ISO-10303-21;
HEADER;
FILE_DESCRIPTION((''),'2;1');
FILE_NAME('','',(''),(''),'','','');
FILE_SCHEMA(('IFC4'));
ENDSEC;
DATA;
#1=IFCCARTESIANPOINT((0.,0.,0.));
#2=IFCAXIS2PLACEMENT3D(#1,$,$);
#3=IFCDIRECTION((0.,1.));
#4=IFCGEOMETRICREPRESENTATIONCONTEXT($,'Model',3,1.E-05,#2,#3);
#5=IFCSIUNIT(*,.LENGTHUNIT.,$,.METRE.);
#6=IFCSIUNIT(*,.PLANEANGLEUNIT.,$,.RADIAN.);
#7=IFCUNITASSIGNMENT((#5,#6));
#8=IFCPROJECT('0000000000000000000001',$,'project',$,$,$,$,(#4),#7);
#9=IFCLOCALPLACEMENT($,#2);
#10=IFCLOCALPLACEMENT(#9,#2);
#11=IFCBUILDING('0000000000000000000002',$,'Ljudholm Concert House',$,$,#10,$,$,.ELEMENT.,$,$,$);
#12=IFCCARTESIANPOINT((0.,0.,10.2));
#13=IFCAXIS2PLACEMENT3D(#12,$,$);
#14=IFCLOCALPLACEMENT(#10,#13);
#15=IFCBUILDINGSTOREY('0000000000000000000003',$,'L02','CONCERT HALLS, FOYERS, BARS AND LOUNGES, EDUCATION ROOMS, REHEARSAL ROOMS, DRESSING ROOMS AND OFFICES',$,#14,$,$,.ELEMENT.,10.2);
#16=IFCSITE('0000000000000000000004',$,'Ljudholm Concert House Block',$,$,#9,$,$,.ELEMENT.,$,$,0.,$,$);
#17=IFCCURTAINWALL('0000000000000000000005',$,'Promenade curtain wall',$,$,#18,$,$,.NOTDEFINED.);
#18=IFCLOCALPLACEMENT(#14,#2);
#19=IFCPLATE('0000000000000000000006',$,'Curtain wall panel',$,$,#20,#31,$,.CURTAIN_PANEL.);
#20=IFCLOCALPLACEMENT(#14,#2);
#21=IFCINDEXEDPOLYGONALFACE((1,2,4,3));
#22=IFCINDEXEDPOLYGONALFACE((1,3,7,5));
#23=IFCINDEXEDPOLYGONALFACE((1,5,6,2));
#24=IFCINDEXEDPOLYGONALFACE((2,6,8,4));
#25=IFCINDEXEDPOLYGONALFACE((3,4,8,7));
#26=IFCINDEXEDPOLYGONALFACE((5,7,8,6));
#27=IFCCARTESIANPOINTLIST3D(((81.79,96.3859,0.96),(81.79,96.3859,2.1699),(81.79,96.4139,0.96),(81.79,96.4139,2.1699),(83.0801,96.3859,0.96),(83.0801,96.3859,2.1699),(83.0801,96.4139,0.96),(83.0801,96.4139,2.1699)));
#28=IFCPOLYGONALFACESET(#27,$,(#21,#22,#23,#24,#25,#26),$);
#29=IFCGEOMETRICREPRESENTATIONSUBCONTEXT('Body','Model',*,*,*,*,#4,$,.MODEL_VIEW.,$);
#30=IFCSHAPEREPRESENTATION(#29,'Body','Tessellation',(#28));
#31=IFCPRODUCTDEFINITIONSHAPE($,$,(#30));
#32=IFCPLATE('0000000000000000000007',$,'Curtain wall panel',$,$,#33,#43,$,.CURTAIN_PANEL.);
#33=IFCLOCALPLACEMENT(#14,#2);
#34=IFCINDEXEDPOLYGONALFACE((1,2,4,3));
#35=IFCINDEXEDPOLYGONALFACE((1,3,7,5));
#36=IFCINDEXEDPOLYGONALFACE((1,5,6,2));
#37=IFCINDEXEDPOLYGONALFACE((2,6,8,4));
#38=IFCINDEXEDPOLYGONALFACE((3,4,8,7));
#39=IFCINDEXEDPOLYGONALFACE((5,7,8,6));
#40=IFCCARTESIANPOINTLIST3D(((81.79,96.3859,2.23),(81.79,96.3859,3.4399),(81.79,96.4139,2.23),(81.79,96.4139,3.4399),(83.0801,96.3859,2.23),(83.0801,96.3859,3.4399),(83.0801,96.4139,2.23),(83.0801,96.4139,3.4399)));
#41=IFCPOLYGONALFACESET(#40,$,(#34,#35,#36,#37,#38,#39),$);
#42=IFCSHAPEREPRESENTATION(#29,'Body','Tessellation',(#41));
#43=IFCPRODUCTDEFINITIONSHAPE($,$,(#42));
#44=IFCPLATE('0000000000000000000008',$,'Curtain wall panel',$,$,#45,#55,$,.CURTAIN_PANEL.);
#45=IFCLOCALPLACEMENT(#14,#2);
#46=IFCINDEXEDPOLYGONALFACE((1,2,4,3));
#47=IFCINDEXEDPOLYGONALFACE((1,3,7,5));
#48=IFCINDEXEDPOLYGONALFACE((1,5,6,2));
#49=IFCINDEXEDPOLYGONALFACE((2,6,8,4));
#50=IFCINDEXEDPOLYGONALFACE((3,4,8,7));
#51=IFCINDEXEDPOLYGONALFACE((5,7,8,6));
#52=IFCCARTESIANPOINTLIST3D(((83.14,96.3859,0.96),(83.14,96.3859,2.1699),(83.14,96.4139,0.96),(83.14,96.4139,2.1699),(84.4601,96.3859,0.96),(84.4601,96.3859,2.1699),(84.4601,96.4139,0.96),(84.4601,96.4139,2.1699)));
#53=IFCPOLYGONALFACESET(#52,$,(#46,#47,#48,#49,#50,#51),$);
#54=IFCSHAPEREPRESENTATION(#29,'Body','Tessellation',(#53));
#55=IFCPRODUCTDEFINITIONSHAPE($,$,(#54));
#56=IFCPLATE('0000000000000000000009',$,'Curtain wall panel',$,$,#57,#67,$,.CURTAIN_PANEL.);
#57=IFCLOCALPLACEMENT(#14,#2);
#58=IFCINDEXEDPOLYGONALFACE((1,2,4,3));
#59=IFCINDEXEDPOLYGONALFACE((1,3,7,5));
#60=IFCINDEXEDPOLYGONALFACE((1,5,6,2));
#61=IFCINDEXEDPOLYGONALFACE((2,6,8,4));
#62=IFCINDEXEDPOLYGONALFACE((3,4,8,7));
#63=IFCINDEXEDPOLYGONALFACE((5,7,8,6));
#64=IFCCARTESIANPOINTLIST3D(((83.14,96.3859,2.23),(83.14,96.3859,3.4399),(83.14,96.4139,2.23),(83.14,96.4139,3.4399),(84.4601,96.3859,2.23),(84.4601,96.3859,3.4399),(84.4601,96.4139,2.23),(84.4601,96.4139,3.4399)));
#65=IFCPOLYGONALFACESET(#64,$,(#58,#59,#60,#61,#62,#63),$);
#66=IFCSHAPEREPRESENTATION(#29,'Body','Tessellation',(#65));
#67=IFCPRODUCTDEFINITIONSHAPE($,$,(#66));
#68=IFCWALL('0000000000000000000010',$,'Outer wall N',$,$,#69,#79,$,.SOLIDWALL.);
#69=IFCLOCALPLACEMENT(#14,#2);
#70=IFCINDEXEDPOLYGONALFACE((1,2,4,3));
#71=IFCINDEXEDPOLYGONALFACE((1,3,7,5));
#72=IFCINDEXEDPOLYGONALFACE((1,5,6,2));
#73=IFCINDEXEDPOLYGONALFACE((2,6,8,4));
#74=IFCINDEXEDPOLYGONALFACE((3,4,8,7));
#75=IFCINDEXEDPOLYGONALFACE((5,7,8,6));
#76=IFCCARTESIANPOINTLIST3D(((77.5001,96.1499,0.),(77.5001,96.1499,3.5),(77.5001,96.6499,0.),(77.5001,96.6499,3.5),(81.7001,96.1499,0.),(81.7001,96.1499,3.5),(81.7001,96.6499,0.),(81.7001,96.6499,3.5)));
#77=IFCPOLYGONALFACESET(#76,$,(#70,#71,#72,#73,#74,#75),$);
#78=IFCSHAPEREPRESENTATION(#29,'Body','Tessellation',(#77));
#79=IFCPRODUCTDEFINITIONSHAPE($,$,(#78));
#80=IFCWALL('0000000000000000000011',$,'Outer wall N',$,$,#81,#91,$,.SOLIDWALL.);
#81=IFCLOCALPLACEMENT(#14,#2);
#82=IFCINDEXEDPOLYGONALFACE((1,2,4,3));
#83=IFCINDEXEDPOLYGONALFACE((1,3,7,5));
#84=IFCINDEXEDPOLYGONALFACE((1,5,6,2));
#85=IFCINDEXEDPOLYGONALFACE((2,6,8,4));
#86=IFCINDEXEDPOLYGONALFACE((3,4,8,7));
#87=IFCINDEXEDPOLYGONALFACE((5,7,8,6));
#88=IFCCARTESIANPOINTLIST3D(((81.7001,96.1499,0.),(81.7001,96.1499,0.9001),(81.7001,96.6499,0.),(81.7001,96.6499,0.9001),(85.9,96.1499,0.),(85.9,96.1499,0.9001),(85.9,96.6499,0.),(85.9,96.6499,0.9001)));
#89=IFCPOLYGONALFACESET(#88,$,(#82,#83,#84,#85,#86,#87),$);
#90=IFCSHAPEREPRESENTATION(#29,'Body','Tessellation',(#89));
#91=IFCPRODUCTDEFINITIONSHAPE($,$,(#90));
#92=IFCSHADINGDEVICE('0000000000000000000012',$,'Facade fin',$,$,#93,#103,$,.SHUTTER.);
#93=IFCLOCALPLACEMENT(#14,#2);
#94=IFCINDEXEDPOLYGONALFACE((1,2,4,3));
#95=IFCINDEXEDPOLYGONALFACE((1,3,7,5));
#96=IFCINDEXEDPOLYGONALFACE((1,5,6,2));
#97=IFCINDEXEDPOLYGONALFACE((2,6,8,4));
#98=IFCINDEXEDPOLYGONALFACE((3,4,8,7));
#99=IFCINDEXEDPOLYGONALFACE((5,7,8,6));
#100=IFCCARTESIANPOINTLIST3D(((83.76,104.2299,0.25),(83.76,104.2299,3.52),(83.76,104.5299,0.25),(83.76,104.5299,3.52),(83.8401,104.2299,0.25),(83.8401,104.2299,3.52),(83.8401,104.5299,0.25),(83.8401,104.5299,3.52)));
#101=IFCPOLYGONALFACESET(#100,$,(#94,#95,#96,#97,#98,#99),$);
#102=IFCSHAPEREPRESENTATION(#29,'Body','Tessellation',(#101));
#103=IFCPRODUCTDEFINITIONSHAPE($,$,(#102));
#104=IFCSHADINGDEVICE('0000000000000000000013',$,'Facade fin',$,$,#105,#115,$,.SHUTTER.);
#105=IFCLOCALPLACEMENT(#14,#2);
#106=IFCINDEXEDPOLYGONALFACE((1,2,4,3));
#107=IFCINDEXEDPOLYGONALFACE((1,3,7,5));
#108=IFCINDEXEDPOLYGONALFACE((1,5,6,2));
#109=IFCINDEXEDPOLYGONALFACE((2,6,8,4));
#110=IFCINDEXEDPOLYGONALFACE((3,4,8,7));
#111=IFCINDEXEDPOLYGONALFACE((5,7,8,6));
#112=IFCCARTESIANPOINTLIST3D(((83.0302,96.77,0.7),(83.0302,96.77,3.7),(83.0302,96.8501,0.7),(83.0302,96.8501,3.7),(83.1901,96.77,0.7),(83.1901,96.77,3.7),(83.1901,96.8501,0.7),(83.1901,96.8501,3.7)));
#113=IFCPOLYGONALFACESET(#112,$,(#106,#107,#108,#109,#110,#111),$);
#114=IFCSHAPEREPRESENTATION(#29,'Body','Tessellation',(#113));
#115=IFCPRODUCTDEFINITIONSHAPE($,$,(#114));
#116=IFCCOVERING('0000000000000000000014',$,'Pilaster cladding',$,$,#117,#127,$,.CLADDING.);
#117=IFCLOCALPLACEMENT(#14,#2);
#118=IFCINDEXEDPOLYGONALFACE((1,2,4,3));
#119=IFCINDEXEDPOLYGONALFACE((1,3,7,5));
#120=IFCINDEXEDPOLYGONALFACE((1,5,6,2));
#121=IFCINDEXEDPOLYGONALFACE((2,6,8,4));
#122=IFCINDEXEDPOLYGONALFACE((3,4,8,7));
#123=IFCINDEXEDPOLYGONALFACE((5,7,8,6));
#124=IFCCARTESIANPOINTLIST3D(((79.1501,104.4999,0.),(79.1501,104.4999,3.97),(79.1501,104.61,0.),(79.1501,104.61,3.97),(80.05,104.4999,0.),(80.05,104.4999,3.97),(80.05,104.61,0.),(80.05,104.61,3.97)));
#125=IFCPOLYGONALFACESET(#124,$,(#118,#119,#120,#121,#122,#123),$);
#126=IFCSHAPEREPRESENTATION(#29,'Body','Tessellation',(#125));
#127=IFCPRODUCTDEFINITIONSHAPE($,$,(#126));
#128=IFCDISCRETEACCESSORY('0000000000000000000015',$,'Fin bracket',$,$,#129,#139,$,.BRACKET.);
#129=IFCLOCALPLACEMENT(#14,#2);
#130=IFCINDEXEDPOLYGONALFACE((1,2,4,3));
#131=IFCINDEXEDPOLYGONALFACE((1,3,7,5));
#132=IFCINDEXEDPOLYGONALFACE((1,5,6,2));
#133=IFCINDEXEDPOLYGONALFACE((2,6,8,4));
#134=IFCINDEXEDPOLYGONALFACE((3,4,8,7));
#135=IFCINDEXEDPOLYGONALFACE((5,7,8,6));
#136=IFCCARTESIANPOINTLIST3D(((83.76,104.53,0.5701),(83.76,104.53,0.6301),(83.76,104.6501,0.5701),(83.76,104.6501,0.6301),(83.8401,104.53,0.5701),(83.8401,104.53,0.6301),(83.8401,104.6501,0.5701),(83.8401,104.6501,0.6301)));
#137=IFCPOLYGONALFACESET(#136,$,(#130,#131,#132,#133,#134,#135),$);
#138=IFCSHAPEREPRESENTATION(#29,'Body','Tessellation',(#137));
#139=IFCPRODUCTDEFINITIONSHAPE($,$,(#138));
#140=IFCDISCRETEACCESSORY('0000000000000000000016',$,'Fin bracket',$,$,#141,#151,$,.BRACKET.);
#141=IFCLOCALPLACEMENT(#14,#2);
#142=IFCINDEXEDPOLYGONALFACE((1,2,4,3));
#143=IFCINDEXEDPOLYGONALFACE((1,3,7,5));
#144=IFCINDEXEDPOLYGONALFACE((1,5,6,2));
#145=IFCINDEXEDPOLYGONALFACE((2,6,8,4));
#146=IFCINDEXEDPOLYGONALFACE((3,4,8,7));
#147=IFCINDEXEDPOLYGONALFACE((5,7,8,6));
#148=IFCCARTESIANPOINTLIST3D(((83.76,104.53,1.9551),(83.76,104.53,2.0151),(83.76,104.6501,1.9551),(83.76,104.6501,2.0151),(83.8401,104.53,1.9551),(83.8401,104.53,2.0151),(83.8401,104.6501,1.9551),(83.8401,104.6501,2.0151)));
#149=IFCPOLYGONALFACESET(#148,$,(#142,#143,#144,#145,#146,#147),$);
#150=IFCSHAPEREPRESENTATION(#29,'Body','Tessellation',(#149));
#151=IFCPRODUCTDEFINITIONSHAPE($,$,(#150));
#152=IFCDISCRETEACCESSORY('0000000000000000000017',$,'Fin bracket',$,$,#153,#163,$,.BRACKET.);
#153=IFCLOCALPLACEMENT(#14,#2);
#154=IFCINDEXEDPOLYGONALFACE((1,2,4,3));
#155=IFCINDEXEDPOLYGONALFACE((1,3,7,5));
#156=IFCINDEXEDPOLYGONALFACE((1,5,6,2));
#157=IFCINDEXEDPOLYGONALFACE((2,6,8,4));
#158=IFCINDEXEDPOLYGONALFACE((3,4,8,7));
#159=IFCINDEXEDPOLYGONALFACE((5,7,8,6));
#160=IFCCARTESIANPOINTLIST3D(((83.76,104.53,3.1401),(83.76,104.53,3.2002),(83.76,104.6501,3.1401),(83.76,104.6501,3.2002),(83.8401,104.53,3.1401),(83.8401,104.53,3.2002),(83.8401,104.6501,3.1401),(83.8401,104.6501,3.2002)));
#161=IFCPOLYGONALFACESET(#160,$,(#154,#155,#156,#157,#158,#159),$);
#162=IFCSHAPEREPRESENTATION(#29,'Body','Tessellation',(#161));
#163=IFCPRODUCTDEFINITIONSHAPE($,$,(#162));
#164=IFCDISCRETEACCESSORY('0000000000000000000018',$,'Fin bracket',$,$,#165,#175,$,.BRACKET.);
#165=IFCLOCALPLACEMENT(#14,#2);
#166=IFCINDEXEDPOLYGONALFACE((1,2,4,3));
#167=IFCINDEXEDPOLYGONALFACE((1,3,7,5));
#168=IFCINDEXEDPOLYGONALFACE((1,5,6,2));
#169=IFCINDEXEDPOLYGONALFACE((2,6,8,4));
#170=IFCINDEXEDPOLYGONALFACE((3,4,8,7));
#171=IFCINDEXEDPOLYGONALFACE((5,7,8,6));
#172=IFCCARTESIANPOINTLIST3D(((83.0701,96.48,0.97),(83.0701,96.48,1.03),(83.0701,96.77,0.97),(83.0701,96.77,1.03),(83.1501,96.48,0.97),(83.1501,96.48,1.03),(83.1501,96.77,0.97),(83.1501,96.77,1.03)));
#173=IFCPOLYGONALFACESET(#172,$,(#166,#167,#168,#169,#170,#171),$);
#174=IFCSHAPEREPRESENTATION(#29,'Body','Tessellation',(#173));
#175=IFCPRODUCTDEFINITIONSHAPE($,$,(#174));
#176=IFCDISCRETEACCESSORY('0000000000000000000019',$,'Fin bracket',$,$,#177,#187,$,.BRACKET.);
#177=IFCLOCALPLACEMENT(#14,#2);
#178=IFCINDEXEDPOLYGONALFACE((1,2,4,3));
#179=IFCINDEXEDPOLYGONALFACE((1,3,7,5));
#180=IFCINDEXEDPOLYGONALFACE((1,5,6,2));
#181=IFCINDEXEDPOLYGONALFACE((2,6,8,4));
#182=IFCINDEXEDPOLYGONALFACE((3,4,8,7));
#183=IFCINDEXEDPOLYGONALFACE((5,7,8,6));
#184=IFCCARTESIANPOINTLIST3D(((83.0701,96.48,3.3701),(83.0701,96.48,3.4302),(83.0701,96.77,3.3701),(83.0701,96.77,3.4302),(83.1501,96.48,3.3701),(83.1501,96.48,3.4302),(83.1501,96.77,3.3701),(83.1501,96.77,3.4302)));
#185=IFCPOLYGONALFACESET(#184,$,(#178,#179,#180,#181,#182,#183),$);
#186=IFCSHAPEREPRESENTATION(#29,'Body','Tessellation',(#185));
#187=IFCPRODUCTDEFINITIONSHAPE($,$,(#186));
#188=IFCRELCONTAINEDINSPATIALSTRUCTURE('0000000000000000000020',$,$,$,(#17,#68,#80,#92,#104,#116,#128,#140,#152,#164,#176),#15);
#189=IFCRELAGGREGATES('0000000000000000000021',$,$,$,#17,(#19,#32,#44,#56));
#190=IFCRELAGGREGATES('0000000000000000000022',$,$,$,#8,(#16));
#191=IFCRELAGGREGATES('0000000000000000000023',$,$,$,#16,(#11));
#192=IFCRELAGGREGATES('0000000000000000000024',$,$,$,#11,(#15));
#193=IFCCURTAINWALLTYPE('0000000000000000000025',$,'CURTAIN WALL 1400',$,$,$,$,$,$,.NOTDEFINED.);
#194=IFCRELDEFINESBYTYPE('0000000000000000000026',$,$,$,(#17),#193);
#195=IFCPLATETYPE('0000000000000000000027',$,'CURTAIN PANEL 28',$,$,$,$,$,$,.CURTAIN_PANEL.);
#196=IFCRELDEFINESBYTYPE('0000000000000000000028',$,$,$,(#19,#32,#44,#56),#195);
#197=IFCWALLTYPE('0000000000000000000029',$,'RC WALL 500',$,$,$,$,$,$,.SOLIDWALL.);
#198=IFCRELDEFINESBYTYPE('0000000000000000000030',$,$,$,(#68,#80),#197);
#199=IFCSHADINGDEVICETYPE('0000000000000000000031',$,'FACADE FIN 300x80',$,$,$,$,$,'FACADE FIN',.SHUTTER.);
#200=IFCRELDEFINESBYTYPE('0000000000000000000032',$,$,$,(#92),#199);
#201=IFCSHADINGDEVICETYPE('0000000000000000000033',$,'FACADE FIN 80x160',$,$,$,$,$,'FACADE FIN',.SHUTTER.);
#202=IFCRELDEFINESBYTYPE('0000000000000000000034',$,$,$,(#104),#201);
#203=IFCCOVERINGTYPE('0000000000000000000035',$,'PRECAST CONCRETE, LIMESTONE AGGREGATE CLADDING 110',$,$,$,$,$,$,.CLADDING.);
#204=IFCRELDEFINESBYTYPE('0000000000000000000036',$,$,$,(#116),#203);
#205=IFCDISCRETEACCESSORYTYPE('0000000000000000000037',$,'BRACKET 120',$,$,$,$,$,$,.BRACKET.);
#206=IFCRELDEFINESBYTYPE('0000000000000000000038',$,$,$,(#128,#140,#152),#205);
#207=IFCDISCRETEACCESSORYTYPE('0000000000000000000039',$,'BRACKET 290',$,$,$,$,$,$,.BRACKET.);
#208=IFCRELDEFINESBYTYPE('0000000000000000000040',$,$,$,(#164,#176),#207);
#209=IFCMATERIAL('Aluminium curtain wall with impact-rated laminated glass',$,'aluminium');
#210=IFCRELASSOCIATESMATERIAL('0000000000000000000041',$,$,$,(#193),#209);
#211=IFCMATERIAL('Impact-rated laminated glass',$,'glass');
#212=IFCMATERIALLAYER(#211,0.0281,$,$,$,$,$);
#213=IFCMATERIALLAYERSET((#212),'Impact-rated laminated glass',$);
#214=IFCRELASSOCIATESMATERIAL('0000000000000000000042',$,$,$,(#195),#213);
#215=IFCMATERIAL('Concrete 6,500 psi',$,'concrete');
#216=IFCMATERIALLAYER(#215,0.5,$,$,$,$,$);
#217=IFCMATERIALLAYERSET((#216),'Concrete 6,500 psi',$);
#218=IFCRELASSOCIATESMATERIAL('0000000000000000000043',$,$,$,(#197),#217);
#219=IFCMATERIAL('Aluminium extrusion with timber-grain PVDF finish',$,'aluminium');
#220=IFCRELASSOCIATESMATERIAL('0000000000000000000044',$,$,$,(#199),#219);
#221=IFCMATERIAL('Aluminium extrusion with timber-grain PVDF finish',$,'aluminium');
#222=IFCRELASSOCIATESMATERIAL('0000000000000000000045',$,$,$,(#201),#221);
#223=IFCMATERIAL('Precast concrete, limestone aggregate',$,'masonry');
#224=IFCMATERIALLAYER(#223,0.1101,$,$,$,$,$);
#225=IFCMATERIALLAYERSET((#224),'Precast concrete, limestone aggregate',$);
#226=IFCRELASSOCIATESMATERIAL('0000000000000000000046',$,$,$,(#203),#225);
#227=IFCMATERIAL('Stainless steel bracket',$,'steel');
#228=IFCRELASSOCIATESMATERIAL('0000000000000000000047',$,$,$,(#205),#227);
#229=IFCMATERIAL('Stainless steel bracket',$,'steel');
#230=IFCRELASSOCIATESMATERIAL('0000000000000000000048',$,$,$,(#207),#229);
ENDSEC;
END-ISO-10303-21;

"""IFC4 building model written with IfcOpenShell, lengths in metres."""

from ifc_helpers import new_model, si_unit, direction, frame, frame_2d, origin, origin_2d, place, context, subcontext, project, spatial, rectangle, extrude, material, layer, layer_set, type_object, element, aggregate, save


model = new_model("IFC4")

# Units and contexts
model_context = context("Model", 3, precision=1e-05, world=origin(), true_north=direction((0.0, 1.0)))
body_context = subcontext(model_context, "Body", "Model", "MODEL_VIEW")
ifc_project = project(units=[si_unit("LENGTHUNIT", "METRE"), si_unit("PLANEANGLEUNIT", "RADIAN")], contexts=[model_context])

# Site, building, storey
site_placement = place(None, origin())
site = spatial("IfcSite", under=ifc_project, at=site_placement, Name="Ljudholm Concert House Block", CompositionType="ELEMENT", RefElevation=0.0)
building_placement = place(site_placement, origin())
building = spatial("IfcBuilding", under=site, at=building_placement, Name="Ljudholm Concert House", CompositionType="ELEMENT")
storey_placement = place(building_placement, frame((0.0, 0.0, 10.2)))
storey = spatial("IfcBuildingStorey", under=building, at=storey_placement, Name="L02", Description="CONCERT HALLS, FOYERS, BARS AND LOUNGES, EDUCATION ROOMS, REHEARSAL ROOMS, DRESSING ROOMS AND OFFICES", CompositionType="ELEMENT", Elevation=10.2)

# Shared definitions
ifc_material_1 = material(Name="Aluminium curtain wall with impact-rated laminated glass", Category="aluminium")
curtain_wall_type = type_object("IfcCurtainWallType", Name="CURTAIN WALL 1400", PredefinedType="NOTDEFINED", material=ifc_material_1)

# Curtain wall
curtain_wall_1_placement = place(storey_placement, origin())
curtain_wall_1 = element("IfcCurtainWall", 1, at=curtain_wall_1_placement, inside=storey, type_object=curtain_wall_type, Name="Promenade curtain wall", PredefinedType="NOTDEFINED")

# Plates
ifc_material_2 = material(Name="Impact-rated laminated glass", Category="glass")
ifc_layer_1 = layer(ifc_material_2, 0.0281)
ifc_layer_set_1 = layer_set([ifc_layer_1], Name="Impact-rated laminated glass")
plate_type = type_object("IfcPlateType", Name="CURTAIN PANEL 28", PredefinedType="CURTAIN_PANEL", material=ifc_layer_set_1)
plate_1_placement = place(storey_placement, frame((82.4351, 96.3999, 0.96), z_axis=(0.0, 0.0, 1.0), x_axis=(1.0, 0.0, 0.0)))
plate_1 = element("IfcPlate", 2, at=plate_1_placement, type_object=plate_type, Name="Curtain wall panel", PredefinedType="CURTAIN_PANEL", context=body_context, shape_type="SweptSolid", body=[
    extrude(rectangle(XDim=1.29, YDim=0.0281, at=origin_2d()), origin(), (0.0, 0.0, 1.0), 1.21),
])
plate_2_placement = place(storey_placement, frame((82.4351, 96.3999, 2.23), z_axis=(0.0, 0.0, 1.0), x_axis=(1.0, 0.0, 0.0)))
plate_2 = element("IfcPlate", 3, at=plate_2_placement, type_object=plate_type, Name="Curtain wall panel", PredefinedType="CURTAIN_PANEL", context=body_context, shape_type="SweptSolid", body=[
    extrude(rectangle(XDim=1.29, YDim=0.0281, at=origin_2d()), origin(), (0.0, 0.0, 1.0), 1.21),
])
plate_3_placement = place(storey_placement, frame((83.8, 96.3999, 0.96), z_axis=(0.0, 0.0, 1.0), x_axis=(1.0, 0.0, 0.0)))
plate_3 = element("IfcPlate", 4, at=plate_3_placement, type_object=plate_type, Name="Curtain wall panel", PredefinedType="CURTAIN_PANEL", context=body_context, shape_type="SweptSolid", body=[
    extrude(rectangle(XDim=1.3201, YDim=0.0281, at=origin_2d()), origin(), (0.0, 0.0, 1.0), 1.21),
])
plate_4_placement = place(storey_placement, frame((83.8, 96.3999, 2.23), z_axis=(0.0, 0.0, 1.0), x_axis=(1.0, 0.0, 0.0)))
plate_4 = element("IfcPlate", 5, at=plate_4_placement, type_object=plate_type, Name="Curtain wall panel", PredefinedType="CURTAIN_PANEL", context=body_context, shape_type="SweptSolid", body=[
    extrude(rectangle(XDim=1.3201, YDim=0.0281, at=origin_2d()), origin(), (0.0, 0.0, 1.0), 1.21),
])
aggregate(curtain_wall_1, [plate_1, plate_2, plate_3, plate_4])

# Walls
ifc_material_3 = material(Name="Concrete 6,500 psi", Category="concrete")
ifc_layer_2 = layer(ifc_material_3, 0.5)
ifc_layer_set_2 = layer_set([ifc_layer_2], Name="Concrete 6,500 psi")
wall_type = type_object("IfcWallType", Name="RC WALL 500", PredefinedType="SOLIDWALL", material=ifc_layer_set_2)
wall_1_placement = place(storey_placement, frame((77.5, 96.3999, 0.0), z_axis=(0.0, 0.0, 1.0), x_axis=(1.0, 0.0, 0.0)))
element("IfcWall", 6, at=wall_1_placement, inside=storey, type_object=wall_type, Name="Outer wall N", PredefinedType="SOLIDWALL", context=body_context, shape_type="SweptSolid", body=[
    extrude(rectangle(XDim=4.2, YDim=0.5, at=frame_2d((2.1001, 0.0))), origin(), (0.0, 0.0, 1.0), 3.5),
])
wall_2_placement = place(storey_placement, frame((81.7, 96.3999, 0.0), z_axis=(0.0, 0.0, 1.0), x_axis=(1.0, 0.0, 0.0)))
element("IfcWall", 7, at=wall_2_placement, inside=storey, type_object=wall_type, Name="Outer wall N", PredefinedType="SOLIDWALL", context=body_context, shape_type="SweptSolid", body=[
    extrude(rectangle(XDim=4.2, YDim=0.5, at=frame_2d((2.1001, 0.0))), origin(), (0.0, 0.0, 1.0), 0.9001),
])

# Shading devices
ifc_material_4 = material(Name="Aluminium extrusion with timber-grain PVDF finish", Category="aluminium")
shading_device_type_1 = type_object("IfcShadingDeviceType", Name="FACADE FIN 300x80", ElementType="FACADE FIN", PredefinedType="SHUTTER", material=ifc_material_4)
shading_device_1_placement = place(storey_placement, frame((83.8, 104.3799, 0.25), z_axis=(0.0, 0.0, 1.0), x_axis=(0.0, -1.0, 0.0)))
element("IfcShadingDevice", 8, at=shading_device_1_placement, inside=storey, type_object=shading_device_type_1, Name="Facade fin", PredefinedType="SHUTTER", context=body_context, shape_type="SweptSolid", body=[
    extrude(rectangle(XDim=0.3, YDim=0.0801, at=origin_2d()), origin(), (0.0, 0.0, 1.0), 3.27),
])
ifc_material_5 = material(Name="Aluminium extrusion with timber-grain PVDF finish", Category="aluminium")
shading_device_type_2 = type_object("IfcShadingDeviceType", Name="FACADE FIN 80x160", ElementType="FACADE FIN", PredefinedType="SHUTTER", material=ifc_material_5)
shading_device_2_placement = place(storey_placement, frame((83.1101, 96.8101, 0.7), z_axis=(0.0, 0.0, 1.0), x_axis=(0.0, 1.0, 0.0)))
element("IfcShadingDevice", 9, at=shading_device_2_placement, inside=storey, type_object=shading_device_type_2, Name="Facade fin", PredefinedType="SHUTTER", context=body_context, shape_type="SweptSolid", body=[
    extrude(rectangle(XDim=0.0801, YDim=0.1599, at=origin_2d()), origin(), (0.0, 0.0, 1.0), 3.0),
])

# Covering
ifc_material_6 = material(Name="Precast concrete, limestone aggregate", Category="masonry")
ifc_layer_3 = layer(ifc_material_6, 0.1101)
ifc_layer_set_3 = layer_set([ifc_layer_3], Name="Precast concrete, limestone aggregate")
covering_type = type_object("IfcCoveringType", Name="PRECAST CONCRETE, LIMESTONE AGGREGATE CLADDING 110", PredefinedType="CLADDING", material=ifc_layer_set_3)
covering_placement = place(storey_placement, frame((79.6001, 104.5549, 0.0), z_axis=(0.0, 0.0, 1.0), x_axis=(0.0, -1.0, 0.0)))
element("IfcCovering", 10, at=covering_placement, inside=storey, type_object=covering_type, Name="Pilaster cladding", PredefinedType="CLADDING", context=body_context, shape_type="SweptSolid", body=[
    extrude(rectangle(XDim=0.1101, YDim=0.8999, at=origin_2d()), origin(), (0.0, 0.0, 1.0), 3.97),
])

# Discrete accessories
ifc_material_7 = material(Name="Stainless steel bracket", Category="steel")
discrete_accessory_type_1 = type_object("IfcDiscreteAccessoryType", Name="BRACKET 120", PredefinedType="BRACKET", material=ifc_material_7)
for number, where, z_axis, x_axis, name in (
    (11, (83.8, 104.5901, 0.5701), (0.0, 0.0, 1.0), (0.0, -1.0, 0.0), "Fin bracket"),
    (12, (83.8, 104.5901, 1.9551), (0.0, 0.0, 1.0), (0.0, -1.0, 0.0), "Fin bracket"),
    (13, (83.8, 104.5901, 3.1401), (0.0, 0.0, 1.0), (0.0, -1.0, 0.0), "Fin bracket"),
):
    element("IfcDiscreteAccessory", number, at=place(storey_placement, frame(where, z_axis=z_axis, x_axis=x_axis)), inside=storey, type_object=discrete_accessory_type_1, Name=name, PredefinedType="BRACKET", context=body_context, shape_type="SweptSolid", body=[
        extrude(rectangle(XDim=0.1201, YDim=0.0801, at=origin_2d()), origin(), (0.0, 0.0, 1.0), 0.0601),
    ])
ifc_material_8 = material(Name="Stainless steel bracket", Category="steel")
discrete_accessory_type_2 = type_object("IfcDiscreteAccessoryType", Name="BRACKET 290", PredefinedType="BRACKET", material=ifc_material_8)
for number, where, z_axis, x_axis, name in (
    (14, (83.1101, 96.625, 0.97), (0.0, 0.0, 1.0), (0.0, 1.0, 0.0), "Fin bracket"),
    (15, (83.1101, 96.625, 3.3701), (0.0, 0.0, 1.0), (0.0, 1.0, 0.0), "Fin bracket"),
):
    element("IfcDiscreteAccessory", number, at=place(storey_placement, frame(where, z_axis=z_axis, x_axis=x_axis)), inside=storey, type_object=discrete_accessory_type_2, Name=name, PredefinedType="BRACKET", context=body_context, shape_type="SweptSolid", body=[
        extrude(rectangle(XDim=0.29, YDim=0.0801, at=origin_2d()), origin(), (0.0, 0.0, 1.0), 0.0601),
    ])

save(model, "model.ifc")
